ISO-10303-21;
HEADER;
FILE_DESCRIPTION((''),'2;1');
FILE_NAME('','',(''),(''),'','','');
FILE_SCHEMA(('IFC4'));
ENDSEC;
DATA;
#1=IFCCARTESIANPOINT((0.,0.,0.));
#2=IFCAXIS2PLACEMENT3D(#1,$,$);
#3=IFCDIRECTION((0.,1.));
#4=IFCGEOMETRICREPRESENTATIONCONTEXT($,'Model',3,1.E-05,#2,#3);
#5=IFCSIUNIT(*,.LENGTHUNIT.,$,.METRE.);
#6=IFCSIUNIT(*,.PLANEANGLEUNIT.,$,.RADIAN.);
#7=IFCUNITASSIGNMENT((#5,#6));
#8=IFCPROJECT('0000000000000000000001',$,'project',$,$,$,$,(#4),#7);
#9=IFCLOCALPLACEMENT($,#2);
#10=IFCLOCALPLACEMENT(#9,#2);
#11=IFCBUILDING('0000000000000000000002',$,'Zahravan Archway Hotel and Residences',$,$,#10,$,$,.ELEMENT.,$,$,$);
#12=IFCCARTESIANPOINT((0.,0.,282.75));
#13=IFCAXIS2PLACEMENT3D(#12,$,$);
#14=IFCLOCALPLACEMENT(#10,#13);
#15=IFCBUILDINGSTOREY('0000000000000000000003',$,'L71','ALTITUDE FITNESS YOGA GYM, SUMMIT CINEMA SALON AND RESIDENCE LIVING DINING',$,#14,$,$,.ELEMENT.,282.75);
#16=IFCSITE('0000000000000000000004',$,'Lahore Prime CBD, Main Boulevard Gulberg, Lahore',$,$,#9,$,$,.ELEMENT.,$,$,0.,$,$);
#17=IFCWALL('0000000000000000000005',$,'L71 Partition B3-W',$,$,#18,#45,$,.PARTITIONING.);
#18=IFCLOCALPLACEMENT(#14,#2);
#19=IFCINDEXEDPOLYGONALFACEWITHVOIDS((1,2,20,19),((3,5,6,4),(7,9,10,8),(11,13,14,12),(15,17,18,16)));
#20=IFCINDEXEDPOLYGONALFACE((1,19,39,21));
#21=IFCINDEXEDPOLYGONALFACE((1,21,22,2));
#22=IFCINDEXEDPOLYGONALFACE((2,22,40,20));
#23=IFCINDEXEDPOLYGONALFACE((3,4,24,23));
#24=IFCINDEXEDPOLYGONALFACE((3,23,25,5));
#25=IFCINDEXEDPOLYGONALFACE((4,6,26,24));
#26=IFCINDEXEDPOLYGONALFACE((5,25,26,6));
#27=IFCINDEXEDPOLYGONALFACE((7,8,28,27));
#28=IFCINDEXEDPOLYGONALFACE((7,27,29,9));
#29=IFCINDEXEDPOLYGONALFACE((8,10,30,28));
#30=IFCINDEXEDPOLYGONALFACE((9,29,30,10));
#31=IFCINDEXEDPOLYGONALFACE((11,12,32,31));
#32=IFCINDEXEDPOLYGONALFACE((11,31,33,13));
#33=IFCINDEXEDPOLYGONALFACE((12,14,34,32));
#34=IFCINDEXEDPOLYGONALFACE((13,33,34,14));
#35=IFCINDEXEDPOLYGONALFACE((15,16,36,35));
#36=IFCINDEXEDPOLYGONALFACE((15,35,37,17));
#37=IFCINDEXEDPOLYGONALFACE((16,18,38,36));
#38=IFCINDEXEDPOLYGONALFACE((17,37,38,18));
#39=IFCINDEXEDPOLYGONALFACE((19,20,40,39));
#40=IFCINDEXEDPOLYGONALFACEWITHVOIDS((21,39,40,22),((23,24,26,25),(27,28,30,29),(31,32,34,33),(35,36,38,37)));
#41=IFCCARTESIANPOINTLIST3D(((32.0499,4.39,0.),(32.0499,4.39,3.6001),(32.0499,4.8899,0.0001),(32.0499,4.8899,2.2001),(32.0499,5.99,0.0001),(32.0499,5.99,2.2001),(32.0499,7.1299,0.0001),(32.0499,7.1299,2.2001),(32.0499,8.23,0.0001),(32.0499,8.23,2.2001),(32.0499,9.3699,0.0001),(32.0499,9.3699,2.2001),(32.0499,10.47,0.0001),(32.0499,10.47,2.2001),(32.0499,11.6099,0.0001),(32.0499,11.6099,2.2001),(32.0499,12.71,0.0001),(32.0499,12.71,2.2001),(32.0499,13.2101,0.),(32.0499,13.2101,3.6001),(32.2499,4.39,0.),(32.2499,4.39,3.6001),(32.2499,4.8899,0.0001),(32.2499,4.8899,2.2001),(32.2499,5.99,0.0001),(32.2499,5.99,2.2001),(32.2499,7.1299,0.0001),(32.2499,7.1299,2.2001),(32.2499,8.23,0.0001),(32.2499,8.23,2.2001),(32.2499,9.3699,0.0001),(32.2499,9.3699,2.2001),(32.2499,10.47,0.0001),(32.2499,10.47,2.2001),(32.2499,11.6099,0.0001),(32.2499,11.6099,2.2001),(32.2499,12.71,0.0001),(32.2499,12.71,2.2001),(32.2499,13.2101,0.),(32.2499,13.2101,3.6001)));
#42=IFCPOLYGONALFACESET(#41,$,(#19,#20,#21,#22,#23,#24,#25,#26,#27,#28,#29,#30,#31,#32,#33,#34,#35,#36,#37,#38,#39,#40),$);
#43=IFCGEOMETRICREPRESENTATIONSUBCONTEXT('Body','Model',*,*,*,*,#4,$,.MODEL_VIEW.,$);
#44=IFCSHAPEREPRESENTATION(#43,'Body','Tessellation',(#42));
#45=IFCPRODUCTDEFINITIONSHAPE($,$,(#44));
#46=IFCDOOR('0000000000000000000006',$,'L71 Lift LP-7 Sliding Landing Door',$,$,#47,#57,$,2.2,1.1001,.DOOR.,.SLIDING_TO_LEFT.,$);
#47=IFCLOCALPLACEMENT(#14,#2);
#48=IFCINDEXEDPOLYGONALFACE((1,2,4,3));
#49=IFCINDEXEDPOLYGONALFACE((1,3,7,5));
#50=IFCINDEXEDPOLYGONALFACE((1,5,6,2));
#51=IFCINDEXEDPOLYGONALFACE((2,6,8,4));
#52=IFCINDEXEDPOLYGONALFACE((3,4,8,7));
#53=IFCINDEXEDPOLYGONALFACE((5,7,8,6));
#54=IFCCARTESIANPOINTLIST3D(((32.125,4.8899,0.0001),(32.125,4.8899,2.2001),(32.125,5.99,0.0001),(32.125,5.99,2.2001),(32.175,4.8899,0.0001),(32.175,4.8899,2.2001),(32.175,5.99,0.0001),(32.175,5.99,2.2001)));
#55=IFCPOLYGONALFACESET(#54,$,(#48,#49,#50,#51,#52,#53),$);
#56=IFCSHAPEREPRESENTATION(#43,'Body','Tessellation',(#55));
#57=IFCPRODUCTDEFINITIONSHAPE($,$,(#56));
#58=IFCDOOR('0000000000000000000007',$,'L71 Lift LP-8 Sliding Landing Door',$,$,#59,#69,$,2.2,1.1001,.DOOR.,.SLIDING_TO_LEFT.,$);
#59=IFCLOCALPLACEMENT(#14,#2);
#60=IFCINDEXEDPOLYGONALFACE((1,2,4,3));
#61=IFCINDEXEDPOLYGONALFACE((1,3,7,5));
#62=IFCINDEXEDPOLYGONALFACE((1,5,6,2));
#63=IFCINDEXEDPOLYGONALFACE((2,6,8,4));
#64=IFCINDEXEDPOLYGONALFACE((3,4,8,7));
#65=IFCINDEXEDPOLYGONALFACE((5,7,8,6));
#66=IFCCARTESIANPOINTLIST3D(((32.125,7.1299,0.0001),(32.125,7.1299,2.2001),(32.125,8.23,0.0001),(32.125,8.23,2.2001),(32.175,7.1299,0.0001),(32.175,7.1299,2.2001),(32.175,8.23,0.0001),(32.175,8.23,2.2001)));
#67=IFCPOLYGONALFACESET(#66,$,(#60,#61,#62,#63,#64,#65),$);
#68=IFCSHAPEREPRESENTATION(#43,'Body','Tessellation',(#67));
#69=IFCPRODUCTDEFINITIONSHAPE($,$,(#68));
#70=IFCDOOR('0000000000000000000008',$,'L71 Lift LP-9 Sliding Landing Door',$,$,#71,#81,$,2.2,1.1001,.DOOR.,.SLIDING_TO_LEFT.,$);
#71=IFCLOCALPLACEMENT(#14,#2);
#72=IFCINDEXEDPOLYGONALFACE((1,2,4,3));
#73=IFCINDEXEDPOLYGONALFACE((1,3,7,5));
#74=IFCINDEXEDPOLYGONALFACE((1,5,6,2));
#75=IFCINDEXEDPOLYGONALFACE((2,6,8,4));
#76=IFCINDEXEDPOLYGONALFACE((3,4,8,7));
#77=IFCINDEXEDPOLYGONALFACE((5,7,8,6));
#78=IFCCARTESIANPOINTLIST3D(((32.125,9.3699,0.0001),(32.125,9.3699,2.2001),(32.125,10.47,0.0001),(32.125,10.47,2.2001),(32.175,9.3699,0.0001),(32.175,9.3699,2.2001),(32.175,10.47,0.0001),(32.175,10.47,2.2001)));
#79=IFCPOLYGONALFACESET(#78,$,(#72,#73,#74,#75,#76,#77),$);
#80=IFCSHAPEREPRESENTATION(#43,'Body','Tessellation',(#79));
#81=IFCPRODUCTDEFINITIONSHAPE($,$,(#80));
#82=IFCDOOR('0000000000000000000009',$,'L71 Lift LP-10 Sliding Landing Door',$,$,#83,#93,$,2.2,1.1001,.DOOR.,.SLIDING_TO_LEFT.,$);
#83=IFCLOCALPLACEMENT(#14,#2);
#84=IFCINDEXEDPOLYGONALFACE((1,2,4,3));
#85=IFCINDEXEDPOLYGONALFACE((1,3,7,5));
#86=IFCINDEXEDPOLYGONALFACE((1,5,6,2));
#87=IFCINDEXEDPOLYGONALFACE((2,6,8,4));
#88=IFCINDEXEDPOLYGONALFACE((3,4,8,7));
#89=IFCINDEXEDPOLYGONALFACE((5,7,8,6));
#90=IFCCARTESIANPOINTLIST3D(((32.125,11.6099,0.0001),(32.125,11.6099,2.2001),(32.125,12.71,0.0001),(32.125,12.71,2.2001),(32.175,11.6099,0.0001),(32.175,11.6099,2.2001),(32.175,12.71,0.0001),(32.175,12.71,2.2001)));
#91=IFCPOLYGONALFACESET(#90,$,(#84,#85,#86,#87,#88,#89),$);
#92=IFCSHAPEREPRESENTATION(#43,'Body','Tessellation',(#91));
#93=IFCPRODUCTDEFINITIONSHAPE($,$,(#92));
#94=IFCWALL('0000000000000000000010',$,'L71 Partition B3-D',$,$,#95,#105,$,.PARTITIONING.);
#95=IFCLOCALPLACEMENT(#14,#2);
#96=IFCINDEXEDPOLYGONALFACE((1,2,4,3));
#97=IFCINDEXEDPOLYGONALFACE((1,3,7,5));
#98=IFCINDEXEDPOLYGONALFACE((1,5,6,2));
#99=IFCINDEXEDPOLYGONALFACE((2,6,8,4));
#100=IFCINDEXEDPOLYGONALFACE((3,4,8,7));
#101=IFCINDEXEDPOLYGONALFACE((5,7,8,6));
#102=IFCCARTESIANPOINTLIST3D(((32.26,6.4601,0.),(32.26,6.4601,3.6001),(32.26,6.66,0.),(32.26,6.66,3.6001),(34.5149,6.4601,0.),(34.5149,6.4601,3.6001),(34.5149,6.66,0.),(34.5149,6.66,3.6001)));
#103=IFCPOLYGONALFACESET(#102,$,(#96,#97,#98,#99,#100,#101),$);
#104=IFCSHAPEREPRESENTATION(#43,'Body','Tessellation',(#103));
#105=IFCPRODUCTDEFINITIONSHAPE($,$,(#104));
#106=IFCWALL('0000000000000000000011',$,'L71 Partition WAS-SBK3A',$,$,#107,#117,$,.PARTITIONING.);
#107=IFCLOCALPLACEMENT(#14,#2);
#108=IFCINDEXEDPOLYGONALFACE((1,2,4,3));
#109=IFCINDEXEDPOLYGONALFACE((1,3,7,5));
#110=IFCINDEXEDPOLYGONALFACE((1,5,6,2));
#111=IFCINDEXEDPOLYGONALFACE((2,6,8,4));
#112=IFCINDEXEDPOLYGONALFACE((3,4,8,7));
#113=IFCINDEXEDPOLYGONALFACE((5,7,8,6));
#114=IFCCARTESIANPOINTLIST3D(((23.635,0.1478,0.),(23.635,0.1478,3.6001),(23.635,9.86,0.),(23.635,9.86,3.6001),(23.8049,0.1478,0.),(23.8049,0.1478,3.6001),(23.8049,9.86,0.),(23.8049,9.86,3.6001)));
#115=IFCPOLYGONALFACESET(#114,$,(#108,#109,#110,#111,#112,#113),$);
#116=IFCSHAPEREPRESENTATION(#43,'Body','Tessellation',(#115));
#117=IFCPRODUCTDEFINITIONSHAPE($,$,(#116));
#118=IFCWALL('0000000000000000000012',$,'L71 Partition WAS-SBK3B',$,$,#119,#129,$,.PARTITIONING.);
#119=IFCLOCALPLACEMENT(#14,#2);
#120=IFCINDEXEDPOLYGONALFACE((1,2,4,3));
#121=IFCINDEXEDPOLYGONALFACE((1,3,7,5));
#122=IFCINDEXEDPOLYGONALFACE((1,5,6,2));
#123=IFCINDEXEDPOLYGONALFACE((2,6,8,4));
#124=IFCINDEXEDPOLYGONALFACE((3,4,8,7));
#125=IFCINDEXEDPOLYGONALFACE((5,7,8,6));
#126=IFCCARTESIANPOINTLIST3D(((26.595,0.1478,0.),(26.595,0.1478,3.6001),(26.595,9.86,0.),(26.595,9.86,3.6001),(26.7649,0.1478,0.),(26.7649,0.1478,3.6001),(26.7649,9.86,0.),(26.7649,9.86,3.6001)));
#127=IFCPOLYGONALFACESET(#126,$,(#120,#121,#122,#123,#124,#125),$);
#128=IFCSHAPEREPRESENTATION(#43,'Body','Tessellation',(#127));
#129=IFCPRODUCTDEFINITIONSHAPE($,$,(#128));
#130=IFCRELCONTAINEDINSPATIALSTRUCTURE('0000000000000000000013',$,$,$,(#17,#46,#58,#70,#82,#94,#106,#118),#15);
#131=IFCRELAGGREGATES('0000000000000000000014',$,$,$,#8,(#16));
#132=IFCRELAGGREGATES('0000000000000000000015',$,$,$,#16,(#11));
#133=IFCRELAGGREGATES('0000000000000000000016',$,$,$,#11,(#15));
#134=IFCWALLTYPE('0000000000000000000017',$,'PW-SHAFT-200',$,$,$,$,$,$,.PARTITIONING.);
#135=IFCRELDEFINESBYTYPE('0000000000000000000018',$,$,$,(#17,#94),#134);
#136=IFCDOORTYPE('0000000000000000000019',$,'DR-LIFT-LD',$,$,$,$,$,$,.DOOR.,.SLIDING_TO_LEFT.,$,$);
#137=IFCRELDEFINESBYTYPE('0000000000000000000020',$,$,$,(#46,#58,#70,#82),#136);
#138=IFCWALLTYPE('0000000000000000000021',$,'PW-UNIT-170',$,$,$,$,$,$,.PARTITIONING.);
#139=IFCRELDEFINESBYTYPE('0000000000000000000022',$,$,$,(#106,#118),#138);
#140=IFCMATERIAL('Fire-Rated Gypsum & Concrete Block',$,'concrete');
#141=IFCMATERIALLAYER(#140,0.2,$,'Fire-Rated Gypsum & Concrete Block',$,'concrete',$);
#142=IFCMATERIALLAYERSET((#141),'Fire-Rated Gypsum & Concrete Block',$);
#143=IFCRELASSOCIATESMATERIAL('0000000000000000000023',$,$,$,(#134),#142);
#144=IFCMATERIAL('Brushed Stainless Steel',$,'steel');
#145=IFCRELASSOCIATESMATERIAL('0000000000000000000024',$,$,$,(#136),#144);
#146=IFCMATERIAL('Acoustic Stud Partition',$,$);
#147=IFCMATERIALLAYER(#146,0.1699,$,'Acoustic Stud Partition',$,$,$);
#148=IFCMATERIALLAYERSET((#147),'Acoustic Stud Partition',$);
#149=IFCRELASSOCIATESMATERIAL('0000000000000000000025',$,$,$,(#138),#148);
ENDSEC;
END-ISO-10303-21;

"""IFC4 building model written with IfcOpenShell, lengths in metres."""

from ifc_helpers import new_model, si_unit, direction, frame, frame_2d, origin, place, context, subcontext, project, spatial, rectangle, extrude, source, transform, mapped, material, layer, layer_set, type_object, type_shapes, element, fill, save


model = new_model("IFC4")

# Units and contexts
model_context = context("Model", 3, precision=1e-05, world=origin(), true_north=direction((0.0, 1.0)))
body_context = subcontext(model_context, "Body", "Model", "MODEL_VIEW")
ifc_project = project(units=[si_unit("LENGTHUNIT", "METRE"), si_unit("PLANEANGLEUNIT", "RADIAN")], contexts=[model_context])

# Site, building, storey
site_placement = place(None, origin())
site = spatial("IfcSite", under=ifc_project, at=site_placement, Name="Lahore Prime CBD, Main Boulevard Gulberg, Lahore", CompositionType="ELEMENT", RefElevation=0.0)
building_placement = place(site_placement, origin())
building = spatial("IfcBuilding", under=site, at=building_placement, Name="Zahravan Archway Hotel and Residences", CompositionType="ELEMENT")
storey_placement = place(building_placement, frame((0.0, 0.0, 282.75)))
storey = spatial("IfcBuildingStorey", under=building, at=storey_placement, Name="L71", Description="ALTITUDE FITNESS YOGA GYM, SUMMIT CINEMA SALON AND RESIDENCE LIVING DINING", CompositionType="ELEMENT", Elevation=282.75)

# Shared definitions
ifc_material_1 = material(Name="Fire-Rated Gypsum & Concrete Block", Category="concrete")

# Shared definitions
ifc_layer_1 = layer(ifc_material_1, 0.2, Name="Fire-Rated Gypsum & Concrete Block", Category="concrete")
ifc_layer_set_1 = layer_set([ifc_layer_1], Name="Fire-Rated Gypsum & Concrete Block")
wall_type_1 = type_object("IfcWallType", Name="PW-SHAFT-200", PredefinedType="PARTITIONING", material=ifc_layer_set_1)

# Wall, openings, doors
wall_1_placement = place(storey_placement, frame((32.1499, 4.3899, 0.0), z_axis=(0.0, 0.0, 1.0), x_axis=(0.0, 1.0, 0.0)))
wall_1 = element("IfcWall", 1, at=wall_1_placement, inside=storey, type_object=wall_type_1, Name="L71 Partition B3-W", PredefinedType="PARTITIONING", context=body_context, shape_type="SweptSolid", body=[
    extrude(rectangle(XDim=8.8201, YDim=0.2, at=frame_2d((4.4102, 0.0))), origin(), (0.0, 0.0, 1.0), 3.6001),
])
opening_1_placement = place(wall_1_placement, frame((0.5, 0.0, 0.0)))
opening_1 = element("IfcOpeningElement", 2, at=opening_1_placement, cuts=wall_1, PredefinedType="OPENING", context=body_context, shape_type="SweptSolid", body=[
    extrude(rectangle(XDim=1.1001, YDim=2.2, at=frame_2d((0.55, 1.1001))), frame((0.0, 0.1099, 0.0), z_axis=(0.0, -1.0, 0.0), x_axis=(1.0, 0.0, 0.0)), (0.0, 0.0, 1.0), 0.22),
])
opening_2_placement = place(wall_1_placement, frame((2.74, 0.0, 0.0)))
opening_2 = element("IfcOpeningElement", 3, at=opening_2_placement, cuts=wall_1, PredefinedType="OPENING", context=body_context, shape_type="SweptSolid", body=[
    extrude(rectangle(XDim=1.1001, YDim=2.2, at=frame_2d((0.55, 1.1001))), frame((0.0, 0.1099, 0.0), z_axis=(0.0, -1.0, 0.0), x_axis=(1.0, 0.0, 0.0)), (0.0, 0.0, 1.0), 0.22),
])
opening_3_placement = place(wall_1_placement, frame((4.98, 0.0, 0.0)))
opening_3 = element("IfcOpeningElement", 4, at=opening_3_placement, cuts=wall_1, PredefinedType="OPENING", context=body_context, shape_type="SweptSolid", body=[
    extrude(rectangle(XDim=1.1001, YDim=2.2, at=frame_2d((0.55, 1.1001))), frame((0.0, 0.1099, 0.0), z_axis=(0.0, -1.0, 0.0), x_axis=(1.0, 0.0, 0.0)), (0.0, 0.0, 1.0), 0.22),
])
opening_4_placement = place(wall_1_placement, frame((7.22, 0.0, 0.0)))
opening_4 = element("IfcOpeningElement", 5, at=opening_4_placement, cuts=wall_1, PredefinedType="OPENING", context=body_context, shape_type="SweptSolid", body=[
    extrude(rectangle(XDim=1.1001, YDim=2.2, at=frame_2d((0.55, 1.1001))), frame((0.0, 0.1099, 0.0), z_axis=(0.0, -1.0, 0.0), x_axis=(1.0, 0.0, 0.0)), (0.0, 0.0, 1.0), 0.22),
])
ifc_material_2 = material(Name="Brushed Stainless Steel", Category="steel")
door_type_1 = type_object("IfcDoorType", Name="DR-LIFT-LD", OperationType="SLIDING_TO_LEFT", PredefinedType="DOOR", material=ifc_material_2)
shared_shape_1 = source(origin(), body_context, "Body", "SweptSolid", [
    extrude(rectangle(XDim=1.1001, YDim=2.2, at=frame_2d((0.55, 1.1001))), frame((0.0, 0.0249, 0.0), z_axis=(0.0, -1.0, 0.0), x_axis=(1.0, 0.0, 0.0)), (0.0, 0.0, 1.0), 0.05),
])
type_shapes(door_type_1, [shared_shape_1])
door_1_placement = place(opening_1_placement, origin())
door_1 = element("IfcDoor", 6, at=door_1_placement, inside=storey, type_object=door_type_1, Name="L71 Lift LP-7 Sliding Landing Door", OperationType="SLIDING_TO_LEFT", OverallHeight=2.2, OverallWidth=1.1001, PredefinedType="DOOR", context=body_context, shape_type="MappedRepresentation", body=[
    mapped(shared_shape_1, transform((0.0, 0.0, 0.0), scale=1.0)),
])
fill(opening_1, door_1)
door_2_placement = place(opening_2_placement, origin())
door_2 = element("IfcDoor", 7, at=door_2_placement, inside=storey, type_object=door_type_1, Name="L71 Lift LP-8 Sliding Landing Door", OperationType="SLIDING_TO_LEFT", OverallHeight=2.2, OverallWidth=1.1001, PredefinedType="DOOR", context=body_context, shape_type="MappedRepresentation", body=[
    mapped(shared_shape_1, transform((0.0, 0.0, 0.0), scale=1.0)),
])
fill(opening_2, door_2)
door_3_placement = place(opening_3_placement, origin())
door_3 = element("IfcDoor", 8, at=door_3_placement, inside=storey, type_object=door_type_1, Name="L71 Lift LP-9 Sliding Landing Door", OperationType="SLIDING_TO_LEFT", OverallHeight=2.2, OverallWidth=1.1001, PredefinedType="DOOR", context=body_context, shape_type="MappedRepresentation", body=[
    mapped(shared_shape_1, transform((0.0, 0.0, 0.0), scale=1.0)),
])
fill(opening_3, door_3)
door_4_placement = place(opening_4_placement, origin())
door_4 = element("IfcDoor", 9, at=door_4_placement, inside=storey, type_object=door_type_1, Name="L71 Lift LP-10 Sliding Landing Door", OperationType="SLIDING_TO_LEFT", OverallHeight=2.2, OverallWidth=1.1001, PredefinedType="DOOR", context=body_context, shape_type="MappedRepresentation", body=[
    mapped(shared_shape_1, transform((0.0, 0.0, 0.0), scale=1.0)),
])
fill(opening_4, door_4)

# Walls
wall_2_placement = place(storey_placement, frame((32.26, 6.5601, 0.0), z_axis=(0.0, 0.0, 1.0), x_axis=(1.0, 0.0, 0.0)))
element("IfcWall", 10, at=wall_2_placement, inside=storey, type_object=wall_type_1, Name="L71 Partition B3-D", PredefinedType="PARTITIONING", context=body_context, shape_type="SweptSolid", body=[
    extrude(rectangle(XDim=2.2549, YDim=0.2, at=frame_2d((1.1274, 0.0))), origin(), (0.0, 0.0, 1.0), 3.6001),
])
ifc_material_3 = material(Name="Acoustic Stud Partition")
ifc_layer_2 = layer(ifc_material_3, 0.1699, Name="Acoustic Stud Partition")
ifc_layer_set_2 = layer_set([ifc_layer_2], Name="Acoustic Stud Partition")
wall_type_2 = type_object("IfcWallType", Name="PW-UNIT-170", PredefinedType="PARTITIONING", material=ifc_layer_set_2)
for number, where, z_axis, x_axis, name in (
    (11, (23.72, 0.1479, 0.0), (0.0, 0.0, 1.0), (0.0, 1.0, 0.0), "L71 Partition WAS-SBK3A"),
    (12, (26.6799, 0.1479, 0.0), (0.0, 0.0, 1.0), (0.0, 1.0, 0.0), "L71 Partition WAS-SBK3B"),
):
    element("IfcWall", number, at=place(storey_placement, frame(where, z_axis=z_axis, x_axis=x_axis)), inside=storey, type_object=wall_type_2, Name=name, PredefinedType="PARTITIONING", context=body_context, shape_type="SweptSolid", body=[
        extrude(rectangle(XDim=9.7122, YDim=0.1699, at=frame_2d((4.856, 0.0))), origin(), (0.0, 0.0, 1.0), 3.6001),
    ])

save(model, "model.ifc")
